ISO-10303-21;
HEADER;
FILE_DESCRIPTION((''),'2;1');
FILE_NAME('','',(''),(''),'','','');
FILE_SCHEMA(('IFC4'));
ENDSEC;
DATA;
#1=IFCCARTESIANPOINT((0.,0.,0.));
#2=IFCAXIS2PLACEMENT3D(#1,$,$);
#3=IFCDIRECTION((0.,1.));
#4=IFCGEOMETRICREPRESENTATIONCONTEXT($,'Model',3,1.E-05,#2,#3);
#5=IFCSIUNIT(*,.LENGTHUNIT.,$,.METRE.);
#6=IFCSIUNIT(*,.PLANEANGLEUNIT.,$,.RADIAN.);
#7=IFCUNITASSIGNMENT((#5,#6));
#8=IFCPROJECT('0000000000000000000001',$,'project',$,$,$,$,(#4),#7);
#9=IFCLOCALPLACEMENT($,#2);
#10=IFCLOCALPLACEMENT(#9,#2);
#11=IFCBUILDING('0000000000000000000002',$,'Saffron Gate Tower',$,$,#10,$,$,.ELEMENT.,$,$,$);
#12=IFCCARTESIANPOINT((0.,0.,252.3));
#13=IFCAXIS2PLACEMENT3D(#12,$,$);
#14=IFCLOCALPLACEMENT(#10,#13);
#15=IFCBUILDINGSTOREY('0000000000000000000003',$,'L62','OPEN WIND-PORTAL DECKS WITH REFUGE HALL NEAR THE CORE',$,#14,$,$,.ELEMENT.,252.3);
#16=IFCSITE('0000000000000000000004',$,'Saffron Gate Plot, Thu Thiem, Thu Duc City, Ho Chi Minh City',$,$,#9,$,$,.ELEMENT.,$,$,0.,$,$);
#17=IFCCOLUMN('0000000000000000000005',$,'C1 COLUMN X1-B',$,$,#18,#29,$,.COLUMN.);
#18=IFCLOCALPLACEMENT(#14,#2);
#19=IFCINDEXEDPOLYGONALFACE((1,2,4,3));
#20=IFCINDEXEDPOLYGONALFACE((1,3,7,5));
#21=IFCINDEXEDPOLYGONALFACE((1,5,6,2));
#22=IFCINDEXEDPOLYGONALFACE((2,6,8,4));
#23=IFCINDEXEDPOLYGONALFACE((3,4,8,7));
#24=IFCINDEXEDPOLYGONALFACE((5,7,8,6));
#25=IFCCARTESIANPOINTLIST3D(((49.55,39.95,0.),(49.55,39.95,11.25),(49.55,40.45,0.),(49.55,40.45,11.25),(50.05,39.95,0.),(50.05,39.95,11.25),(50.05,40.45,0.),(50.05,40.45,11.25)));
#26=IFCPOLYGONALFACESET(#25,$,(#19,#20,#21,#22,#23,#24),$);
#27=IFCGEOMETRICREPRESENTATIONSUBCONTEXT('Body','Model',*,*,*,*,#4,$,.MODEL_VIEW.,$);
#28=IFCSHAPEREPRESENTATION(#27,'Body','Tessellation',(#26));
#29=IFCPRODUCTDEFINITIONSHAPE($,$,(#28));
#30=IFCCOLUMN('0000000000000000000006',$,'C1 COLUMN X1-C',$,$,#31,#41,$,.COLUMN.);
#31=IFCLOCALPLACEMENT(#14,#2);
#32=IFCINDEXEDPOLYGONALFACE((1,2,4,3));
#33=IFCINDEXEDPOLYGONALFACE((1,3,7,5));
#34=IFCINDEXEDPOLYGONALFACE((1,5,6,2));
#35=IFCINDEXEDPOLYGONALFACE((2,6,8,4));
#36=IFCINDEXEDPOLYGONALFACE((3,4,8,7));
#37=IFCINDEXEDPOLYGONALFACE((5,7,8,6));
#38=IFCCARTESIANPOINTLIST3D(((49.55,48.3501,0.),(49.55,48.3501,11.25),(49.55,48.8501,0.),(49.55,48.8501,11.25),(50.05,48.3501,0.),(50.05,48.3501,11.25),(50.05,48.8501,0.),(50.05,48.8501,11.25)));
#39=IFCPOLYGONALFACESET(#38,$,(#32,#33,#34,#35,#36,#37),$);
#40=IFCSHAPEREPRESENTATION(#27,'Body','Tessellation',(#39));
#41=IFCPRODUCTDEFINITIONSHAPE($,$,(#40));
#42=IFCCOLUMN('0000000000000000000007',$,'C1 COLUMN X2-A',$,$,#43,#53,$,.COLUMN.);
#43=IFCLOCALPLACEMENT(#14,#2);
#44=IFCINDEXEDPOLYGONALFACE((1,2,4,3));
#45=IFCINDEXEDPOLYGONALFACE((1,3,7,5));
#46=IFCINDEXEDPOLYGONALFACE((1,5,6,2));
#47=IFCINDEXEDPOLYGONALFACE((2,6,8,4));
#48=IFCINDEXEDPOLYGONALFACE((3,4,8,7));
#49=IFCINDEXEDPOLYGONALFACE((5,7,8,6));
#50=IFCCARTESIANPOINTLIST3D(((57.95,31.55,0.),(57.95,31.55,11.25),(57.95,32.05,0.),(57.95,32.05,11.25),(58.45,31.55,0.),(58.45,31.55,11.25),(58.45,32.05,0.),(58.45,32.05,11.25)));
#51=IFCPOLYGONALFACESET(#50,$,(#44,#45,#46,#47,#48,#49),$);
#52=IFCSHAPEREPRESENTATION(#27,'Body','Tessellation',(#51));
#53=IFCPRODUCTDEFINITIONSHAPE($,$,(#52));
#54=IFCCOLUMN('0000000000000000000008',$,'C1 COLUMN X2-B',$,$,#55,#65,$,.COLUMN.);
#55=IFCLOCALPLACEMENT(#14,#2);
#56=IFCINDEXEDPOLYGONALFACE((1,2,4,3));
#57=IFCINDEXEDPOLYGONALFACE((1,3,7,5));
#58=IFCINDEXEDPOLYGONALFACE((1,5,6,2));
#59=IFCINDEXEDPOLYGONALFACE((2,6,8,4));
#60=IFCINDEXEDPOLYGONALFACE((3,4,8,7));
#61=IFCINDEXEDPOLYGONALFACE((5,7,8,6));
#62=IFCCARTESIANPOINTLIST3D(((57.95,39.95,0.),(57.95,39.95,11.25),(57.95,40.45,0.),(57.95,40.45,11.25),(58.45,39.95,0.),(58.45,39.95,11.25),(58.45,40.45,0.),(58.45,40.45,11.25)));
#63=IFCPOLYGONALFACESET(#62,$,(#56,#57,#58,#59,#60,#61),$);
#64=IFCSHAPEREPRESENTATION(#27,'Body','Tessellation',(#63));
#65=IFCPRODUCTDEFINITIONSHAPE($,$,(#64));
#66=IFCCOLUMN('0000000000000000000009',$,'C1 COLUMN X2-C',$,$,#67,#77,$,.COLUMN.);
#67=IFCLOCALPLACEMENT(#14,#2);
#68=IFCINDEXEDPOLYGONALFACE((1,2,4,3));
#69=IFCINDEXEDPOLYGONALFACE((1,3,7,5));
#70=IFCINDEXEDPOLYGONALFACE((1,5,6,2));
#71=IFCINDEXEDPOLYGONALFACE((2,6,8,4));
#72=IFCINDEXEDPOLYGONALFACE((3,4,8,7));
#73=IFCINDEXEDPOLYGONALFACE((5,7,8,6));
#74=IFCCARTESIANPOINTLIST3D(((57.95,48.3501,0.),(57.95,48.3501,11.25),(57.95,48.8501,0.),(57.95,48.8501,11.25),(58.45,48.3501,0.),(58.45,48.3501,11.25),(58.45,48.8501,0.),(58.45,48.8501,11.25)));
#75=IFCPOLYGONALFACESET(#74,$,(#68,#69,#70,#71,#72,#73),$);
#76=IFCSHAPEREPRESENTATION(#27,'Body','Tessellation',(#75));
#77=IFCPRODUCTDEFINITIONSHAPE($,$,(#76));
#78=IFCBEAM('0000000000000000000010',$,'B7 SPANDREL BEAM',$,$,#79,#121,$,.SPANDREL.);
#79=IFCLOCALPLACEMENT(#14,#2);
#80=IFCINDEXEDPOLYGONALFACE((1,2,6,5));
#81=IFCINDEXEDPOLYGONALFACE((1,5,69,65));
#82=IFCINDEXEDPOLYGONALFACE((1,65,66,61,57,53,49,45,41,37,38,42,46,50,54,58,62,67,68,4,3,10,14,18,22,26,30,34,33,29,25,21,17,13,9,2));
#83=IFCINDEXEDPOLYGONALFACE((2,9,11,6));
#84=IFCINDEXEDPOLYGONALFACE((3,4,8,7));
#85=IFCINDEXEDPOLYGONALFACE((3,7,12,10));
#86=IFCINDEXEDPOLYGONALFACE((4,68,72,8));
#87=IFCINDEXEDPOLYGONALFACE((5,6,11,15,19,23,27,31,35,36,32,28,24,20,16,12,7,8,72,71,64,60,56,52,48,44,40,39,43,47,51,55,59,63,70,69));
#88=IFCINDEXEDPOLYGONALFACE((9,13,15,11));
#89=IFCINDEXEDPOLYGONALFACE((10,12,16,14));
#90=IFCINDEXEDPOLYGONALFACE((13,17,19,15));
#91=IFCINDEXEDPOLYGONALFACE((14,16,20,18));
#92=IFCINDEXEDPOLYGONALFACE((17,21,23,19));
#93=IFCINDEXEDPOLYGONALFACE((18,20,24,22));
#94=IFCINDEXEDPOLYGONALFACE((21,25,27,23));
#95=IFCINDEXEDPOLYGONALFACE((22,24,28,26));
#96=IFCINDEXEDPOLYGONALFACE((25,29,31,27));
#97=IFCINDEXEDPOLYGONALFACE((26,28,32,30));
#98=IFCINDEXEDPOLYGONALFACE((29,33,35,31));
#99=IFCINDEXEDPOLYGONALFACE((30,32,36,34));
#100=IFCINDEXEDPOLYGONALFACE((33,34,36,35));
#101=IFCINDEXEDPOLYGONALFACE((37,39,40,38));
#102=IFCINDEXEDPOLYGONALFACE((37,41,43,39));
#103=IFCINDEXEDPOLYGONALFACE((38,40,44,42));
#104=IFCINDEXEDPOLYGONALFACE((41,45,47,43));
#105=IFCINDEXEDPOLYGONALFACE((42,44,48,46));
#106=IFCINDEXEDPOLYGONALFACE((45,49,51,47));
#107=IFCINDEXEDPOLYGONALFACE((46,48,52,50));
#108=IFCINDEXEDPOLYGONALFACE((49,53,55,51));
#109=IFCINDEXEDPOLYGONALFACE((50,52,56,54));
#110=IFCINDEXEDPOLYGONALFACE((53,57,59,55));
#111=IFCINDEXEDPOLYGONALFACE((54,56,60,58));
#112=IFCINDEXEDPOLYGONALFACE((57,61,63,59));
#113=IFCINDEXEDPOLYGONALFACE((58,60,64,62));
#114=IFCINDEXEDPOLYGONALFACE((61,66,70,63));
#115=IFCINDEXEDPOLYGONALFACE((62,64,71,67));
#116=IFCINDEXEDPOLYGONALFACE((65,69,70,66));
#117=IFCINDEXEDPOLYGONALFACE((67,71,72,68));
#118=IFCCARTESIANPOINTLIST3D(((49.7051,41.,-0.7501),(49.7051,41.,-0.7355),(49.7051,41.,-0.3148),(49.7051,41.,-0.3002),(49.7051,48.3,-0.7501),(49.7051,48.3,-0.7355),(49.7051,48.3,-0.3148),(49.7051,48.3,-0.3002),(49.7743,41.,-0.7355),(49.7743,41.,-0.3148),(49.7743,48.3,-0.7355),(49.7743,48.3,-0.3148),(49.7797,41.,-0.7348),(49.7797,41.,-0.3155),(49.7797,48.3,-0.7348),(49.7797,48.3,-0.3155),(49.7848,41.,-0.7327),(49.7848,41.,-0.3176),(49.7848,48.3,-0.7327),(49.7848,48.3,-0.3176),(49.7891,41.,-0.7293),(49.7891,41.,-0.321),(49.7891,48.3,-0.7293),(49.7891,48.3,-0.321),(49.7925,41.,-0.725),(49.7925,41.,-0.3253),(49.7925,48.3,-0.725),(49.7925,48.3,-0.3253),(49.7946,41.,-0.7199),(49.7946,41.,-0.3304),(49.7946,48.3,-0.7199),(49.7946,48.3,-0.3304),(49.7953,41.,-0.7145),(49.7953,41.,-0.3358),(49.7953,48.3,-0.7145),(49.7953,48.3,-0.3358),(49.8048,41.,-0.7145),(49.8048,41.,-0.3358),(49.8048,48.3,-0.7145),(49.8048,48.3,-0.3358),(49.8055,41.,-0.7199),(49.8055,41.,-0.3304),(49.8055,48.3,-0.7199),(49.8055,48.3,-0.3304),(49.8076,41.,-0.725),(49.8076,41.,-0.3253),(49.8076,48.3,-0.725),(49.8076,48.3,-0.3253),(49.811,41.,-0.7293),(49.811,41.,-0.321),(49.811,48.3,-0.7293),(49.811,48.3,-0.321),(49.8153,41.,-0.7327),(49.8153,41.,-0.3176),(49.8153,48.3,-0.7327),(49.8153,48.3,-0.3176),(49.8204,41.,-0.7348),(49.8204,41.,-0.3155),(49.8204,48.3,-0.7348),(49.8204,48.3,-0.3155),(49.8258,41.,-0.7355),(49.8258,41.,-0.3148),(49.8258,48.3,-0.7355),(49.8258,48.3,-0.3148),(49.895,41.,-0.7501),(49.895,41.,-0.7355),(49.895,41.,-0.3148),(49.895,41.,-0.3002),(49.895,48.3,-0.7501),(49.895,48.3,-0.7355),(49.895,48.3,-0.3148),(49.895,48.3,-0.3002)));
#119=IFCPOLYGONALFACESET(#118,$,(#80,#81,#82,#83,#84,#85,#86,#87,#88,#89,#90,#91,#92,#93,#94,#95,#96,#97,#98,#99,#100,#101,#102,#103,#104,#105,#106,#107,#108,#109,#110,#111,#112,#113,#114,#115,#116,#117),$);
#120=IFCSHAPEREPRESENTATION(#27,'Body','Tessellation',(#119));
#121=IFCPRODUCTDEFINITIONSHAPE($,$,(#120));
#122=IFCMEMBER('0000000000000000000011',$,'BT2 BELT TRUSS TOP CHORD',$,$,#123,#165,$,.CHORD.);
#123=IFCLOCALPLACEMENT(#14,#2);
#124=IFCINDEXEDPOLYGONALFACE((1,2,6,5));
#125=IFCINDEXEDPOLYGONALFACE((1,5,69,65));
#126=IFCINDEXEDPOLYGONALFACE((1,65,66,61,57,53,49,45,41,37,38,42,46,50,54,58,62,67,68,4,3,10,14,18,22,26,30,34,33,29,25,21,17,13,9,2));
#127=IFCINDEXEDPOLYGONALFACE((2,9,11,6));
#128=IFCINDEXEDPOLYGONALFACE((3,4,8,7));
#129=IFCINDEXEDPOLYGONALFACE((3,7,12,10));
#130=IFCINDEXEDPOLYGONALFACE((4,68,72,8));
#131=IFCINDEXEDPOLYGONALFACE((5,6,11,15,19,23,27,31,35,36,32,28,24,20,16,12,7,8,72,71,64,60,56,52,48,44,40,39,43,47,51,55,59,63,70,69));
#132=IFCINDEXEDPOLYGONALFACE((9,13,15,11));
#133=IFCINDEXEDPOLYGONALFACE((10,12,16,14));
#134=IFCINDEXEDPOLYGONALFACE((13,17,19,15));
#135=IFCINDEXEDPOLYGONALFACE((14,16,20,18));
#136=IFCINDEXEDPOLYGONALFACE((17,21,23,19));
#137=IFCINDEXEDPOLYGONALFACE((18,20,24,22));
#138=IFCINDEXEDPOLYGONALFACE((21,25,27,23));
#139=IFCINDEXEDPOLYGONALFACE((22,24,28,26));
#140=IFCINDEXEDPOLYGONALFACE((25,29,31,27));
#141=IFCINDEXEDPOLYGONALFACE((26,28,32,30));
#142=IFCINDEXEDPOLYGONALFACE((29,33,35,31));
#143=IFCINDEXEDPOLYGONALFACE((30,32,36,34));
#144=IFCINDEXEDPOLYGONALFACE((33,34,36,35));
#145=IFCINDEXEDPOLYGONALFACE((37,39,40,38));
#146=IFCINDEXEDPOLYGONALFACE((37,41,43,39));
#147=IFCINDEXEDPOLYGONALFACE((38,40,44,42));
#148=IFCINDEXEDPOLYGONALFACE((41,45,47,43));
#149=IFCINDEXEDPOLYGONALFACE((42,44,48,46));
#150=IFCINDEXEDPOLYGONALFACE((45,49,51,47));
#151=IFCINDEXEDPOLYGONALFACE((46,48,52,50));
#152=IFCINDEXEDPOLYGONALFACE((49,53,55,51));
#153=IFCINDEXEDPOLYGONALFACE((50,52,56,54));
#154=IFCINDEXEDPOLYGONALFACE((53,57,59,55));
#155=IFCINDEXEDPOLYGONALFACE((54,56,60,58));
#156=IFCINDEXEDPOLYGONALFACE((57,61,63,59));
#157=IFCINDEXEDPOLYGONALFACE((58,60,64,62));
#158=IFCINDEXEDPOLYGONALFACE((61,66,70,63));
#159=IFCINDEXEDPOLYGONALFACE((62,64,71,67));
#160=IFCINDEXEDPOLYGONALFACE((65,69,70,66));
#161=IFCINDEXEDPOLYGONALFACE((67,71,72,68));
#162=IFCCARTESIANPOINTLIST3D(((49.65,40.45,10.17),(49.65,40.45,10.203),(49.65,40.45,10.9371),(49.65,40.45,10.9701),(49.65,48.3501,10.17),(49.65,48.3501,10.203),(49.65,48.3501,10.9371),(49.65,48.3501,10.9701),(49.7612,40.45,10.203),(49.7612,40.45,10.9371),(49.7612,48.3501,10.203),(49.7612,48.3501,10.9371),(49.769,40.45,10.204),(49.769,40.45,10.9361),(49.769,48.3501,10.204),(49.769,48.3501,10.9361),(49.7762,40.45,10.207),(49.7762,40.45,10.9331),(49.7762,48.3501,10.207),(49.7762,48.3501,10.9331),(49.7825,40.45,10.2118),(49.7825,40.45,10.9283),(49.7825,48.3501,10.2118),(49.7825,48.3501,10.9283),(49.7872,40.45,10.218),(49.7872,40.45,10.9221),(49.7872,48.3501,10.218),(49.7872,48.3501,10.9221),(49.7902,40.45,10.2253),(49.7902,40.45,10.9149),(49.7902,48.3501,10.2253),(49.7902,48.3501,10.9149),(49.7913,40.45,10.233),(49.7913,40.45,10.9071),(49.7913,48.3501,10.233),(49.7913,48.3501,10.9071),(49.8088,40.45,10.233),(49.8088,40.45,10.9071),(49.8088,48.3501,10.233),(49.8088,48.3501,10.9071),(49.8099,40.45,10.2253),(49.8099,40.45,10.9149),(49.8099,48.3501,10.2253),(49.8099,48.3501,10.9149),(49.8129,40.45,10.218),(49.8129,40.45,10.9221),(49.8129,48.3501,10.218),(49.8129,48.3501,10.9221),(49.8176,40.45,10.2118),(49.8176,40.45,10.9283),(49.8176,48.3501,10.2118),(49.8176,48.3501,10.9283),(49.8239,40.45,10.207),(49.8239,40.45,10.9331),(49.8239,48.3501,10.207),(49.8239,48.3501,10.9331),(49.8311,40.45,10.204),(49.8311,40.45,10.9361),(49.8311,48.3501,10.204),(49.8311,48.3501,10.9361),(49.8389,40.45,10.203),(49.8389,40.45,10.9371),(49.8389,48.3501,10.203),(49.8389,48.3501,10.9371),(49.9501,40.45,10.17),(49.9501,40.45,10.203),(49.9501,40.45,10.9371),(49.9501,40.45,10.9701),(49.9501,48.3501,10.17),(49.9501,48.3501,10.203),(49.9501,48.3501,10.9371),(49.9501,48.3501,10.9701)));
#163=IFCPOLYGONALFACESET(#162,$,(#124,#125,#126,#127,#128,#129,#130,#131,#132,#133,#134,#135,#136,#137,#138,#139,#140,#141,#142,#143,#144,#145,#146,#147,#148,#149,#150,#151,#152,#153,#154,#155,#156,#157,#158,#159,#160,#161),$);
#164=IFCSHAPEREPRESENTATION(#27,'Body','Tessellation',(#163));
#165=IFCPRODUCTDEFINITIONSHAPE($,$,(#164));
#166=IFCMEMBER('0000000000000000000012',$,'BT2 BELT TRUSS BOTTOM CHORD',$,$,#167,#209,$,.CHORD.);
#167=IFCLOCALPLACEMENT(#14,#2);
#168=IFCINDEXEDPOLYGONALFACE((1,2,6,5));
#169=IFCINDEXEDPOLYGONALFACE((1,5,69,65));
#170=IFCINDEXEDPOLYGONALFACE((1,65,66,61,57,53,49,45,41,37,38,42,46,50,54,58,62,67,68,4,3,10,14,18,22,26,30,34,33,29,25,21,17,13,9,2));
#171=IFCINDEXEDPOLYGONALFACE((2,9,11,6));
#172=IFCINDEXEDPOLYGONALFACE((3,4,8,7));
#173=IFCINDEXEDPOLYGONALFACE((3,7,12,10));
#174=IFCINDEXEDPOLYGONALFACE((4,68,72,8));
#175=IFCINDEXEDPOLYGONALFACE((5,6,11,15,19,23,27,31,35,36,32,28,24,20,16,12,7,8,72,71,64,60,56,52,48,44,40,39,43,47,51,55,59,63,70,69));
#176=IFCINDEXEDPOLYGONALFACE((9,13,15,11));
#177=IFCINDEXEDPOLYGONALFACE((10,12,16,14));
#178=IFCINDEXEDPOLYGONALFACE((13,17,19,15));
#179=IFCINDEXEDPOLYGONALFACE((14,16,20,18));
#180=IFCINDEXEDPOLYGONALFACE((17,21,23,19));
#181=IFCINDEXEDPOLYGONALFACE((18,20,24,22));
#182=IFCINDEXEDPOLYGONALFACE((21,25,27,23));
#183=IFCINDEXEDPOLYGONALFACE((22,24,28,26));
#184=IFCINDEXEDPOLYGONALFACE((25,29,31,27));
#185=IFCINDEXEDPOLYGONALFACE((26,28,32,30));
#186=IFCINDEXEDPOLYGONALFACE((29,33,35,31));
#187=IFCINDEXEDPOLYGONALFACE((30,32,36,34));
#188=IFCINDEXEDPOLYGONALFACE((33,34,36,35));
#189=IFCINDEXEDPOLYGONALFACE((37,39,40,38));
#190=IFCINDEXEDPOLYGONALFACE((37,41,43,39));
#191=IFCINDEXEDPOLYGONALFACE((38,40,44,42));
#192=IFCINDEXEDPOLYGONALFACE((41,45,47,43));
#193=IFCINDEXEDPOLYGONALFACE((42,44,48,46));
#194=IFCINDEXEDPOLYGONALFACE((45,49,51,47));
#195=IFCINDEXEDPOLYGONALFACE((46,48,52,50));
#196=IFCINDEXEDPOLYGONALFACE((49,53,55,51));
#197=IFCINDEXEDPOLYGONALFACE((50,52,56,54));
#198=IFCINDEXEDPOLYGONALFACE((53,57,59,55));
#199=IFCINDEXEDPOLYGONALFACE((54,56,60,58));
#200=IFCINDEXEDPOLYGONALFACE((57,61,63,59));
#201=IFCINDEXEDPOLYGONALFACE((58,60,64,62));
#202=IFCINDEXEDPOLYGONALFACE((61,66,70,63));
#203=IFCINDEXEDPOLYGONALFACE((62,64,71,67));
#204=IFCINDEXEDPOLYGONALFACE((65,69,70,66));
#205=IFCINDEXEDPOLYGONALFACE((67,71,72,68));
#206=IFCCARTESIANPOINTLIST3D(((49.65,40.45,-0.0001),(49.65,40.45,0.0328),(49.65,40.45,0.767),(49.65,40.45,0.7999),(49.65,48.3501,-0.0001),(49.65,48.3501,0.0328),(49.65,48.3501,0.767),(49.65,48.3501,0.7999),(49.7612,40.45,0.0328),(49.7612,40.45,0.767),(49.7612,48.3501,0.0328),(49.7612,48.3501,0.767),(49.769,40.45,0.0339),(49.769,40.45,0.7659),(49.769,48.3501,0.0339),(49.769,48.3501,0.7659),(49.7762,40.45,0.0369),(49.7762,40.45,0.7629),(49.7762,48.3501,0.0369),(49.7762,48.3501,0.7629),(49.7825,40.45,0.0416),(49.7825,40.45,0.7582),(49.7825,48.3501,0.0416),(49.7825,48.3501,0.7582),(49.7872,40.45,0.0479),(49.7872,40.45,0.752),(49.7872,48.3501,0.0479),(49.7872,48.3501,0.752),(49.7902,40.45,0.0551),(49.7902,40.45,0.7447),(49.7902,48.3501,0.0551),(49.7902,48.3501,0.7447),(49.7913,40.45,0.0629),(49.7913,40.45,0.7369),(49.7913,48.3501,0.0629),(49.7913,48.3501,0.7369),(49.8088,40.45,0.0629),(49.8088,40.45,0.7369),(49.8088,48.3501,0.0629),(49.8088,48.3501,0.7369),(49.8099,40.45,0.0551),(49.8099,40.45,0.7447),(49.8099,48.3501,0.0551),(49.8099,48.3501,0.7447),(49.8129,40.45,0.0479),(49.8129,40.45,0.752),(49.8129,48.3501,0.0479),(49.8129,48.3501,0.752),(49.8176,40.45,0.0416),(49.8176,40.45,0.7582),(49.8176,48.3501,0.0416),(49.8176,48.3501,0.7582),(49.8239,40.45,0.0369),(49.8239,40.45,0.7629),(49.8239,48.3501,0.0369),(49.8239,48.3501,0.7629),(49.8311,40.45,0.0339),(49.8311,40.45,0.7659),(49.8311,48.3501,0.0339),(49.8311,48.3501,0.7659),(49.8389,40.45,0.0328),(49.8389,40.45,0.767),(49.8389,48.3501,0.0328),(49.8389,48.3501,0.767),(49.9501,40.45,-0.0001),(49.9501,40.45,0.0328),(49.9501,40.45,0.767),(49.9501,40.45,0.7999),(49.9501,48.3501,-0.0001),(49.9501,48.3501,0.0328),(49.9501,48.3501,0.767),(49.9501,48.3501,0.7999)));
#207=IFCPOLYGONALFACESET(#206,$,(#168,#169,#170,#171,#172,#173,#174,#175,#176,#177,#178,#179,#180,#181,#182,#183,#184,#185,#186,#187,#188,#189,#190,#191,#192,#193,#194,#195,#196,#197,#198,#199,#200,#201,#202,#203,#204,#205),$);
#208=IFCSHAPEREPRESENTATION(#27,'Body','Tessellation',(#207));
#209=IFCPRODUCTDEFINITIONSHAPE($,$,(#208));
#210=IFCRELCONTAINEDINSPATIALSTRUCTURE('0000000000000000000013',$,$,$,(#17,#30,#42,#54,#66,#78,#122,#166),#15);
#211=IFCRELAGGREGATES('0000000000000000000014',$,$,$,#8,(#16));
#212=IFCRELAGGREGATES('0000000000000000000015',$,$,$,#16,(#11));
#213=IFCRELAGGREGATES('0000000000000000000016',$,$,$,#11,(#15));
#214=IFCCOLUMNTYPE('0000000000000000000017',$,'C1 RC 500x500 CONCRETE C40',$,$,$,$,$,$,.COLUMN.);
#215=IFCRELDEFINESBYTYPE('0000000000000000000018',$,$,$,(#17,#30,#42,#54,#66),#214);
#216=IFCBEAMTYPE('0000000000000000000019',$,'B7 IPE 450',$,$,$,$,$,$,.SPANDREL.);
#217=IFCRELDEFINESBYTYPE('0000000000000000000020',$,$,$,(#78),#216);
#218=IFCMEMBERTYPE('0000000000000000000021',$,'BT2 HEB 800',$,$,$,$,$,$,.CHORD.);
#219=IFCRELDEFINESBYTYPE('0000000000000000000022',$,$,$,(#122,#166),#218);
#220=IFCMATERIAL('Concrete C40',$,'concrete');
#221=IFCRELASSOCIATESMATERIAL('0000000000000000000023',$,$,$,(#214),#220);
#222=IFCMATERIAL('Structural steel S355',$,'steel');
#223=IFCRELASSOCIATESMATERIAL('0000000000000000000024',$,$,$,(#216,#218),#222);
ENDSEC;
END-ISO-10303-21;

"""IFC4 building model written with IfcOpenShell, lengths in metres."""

from ifc_helpers import new_model, si_unit, direction, frame, origin, origin_2d, place, context, subcontext, project, spatial, rectangle, i_section, extrude, material, material_profile, profile_set, type_object, element, save


model = new_model("IFC4")

# Units and contexts
model_context = context("Model", 3, precision=1e-05, world=origin(), true_north=direction((0.0, 1.0)))
body_context = subcontext(model_context, "Body", "Model", "MODEL_VIEW")
ifc_project = project(units=[si_unit("LENGTHUNIT", "METRE"), si_unit("PLANEANGLEUNIT", "RADIAN")], contexts=[model_context])

# Site, building, storey
site_placement = place(None, origin())
site = spatial("IfcSite", under=ifc_project, at=site_placement, Name="Saffron Gate Plot, Thu Thiem, Thu Duc City, Ho Chi Minh City", CompositionType="ELEMENT", RefElevation=0.0)
building_placement = place(site_placement, origin())
building = spatial("IfcBuilding", under=site, at=building_placement, Name="Saffron Gate Tower", CompositionType="ELEMENT")
storey_placement = place(building_placement, frame((0.0, 0.0, 252.3)))
storey = spatial("IfcBuildingStorey", under=building, at=storey_placement, Name="L62", Description="OPEN WIND-PORTAL DECKS WITH REFUGE HALL NEAR THE CORE", CompositionType="ELEMENT", Elevation=252.3)

# Columns
ifc_material_1 = material(Name="Concrete C40", Category="concrete")
ifc_material_profile_1 = material_profile(ifc_material_1, rectangle(XDim=0.5, YDim=0.5, at=origin_2d()))
ifc_profile_set_1 = profile_set([ifc_material_profile_1], Name="Concrete C40")
column_type = type_object("IfcColumnType", Name="C1 RC 500x500 CONCRETE C40", PredefinedType="COLUMN", material=ifc_profile_set_1)
for number, where, z_axis, x_axis, name in (
    (1, (49.8, 40.2, 0.0), (0.0, 0.0, 1.0), (1.0, 0.0, 0.0), "C1 COLUMN X1-B"),
    (2, (49.8, 48.6001, 0.0), (0.0, 0.0, 1.0), (1.0, 0.0, 0.0), "C1 COLUMN X1-C"),
    (3, (58.2, 31.8, 0.0), (0.0, 0.0, 1.0), (1.0, 0.0, 0.0), "C1 COLUMN X2-A"),
    (4, (58.2, 40.2, 0.0), (0.0, 0.0, 1.0), (1.0, 0.0, 0.0), "C1 COLUMN X2-B"),
    (5, (58.2, 48.6001, 0.0), (0.0, 0.0, 1.0), (1.0, 0.0, 0.0), "C1 COLUMN X2-C"),
):
    element("IfcColumn", number, at=place(storey_placement, frame(where, z_axis=z_axis, x_axis=x_axis)), inside=storey, type_object=column_type, Name=name, PredefinedType="COLUMN", context=body_context, shape_type="SweptSolid", body=[
        extrude(rectangle(XDim=0.5, YDim=0.5, at=origin_2d()), origin(), (0.0, 0.0, 1.0), 11.25),
    ])

# Beam
ifc_material_2 = material(Name="Structural steel S355", Category="steel")
ifc_material_profile_2 = material_profile(ifc_material_2, i_section(OverallWidth=0.1899, OverallDepth=0.45, WebThickness=0.0095, FlangeThickness=0.0146, FilletRadius=0.021, at=origin_2d()))
ifc_profile_set_2 = profile_set([ifc_material_profile_2], Name="Structural steel S355")
beam_type_1 = type_object("IfcBeamType", Name="B7 IPE 450", PredefinedType="SPANDREL", material=ifc_profile_set_2)
beam_1_placement = place(storey_placement, frame((49.8, 41.0, -0.5251), z_axis=(0.0, 1.0, 0.0), x_axis=(-1.0, 0.0, 0.0)))
element("IfcBeam", 6, at=beam_1_placement, inside=storey, type_object=beam_type_1, Name="B7 SPANDREL BEAM", PredefinedType="SPANDREL", context=body_context, shape_type="SweptSolid", body=[
    extrude(i_section(OverallWidth=0.1899, OverallDepth=0.45, WebThickness=0.0095, FlangeThickness=0.0146, FilletRadius=0.021, at=origin_2d()), origin(), (0.0, 0.0, 1.0), 7.3),
])

# Members
ifc_material_profile_3 = material_profile(ifc_material_2, i_section(OverallWidth=0.3, OverallDepth=0.8, WebThickness=0.0176, FlangeThickness=0.033, FilletRadius=0.03, at=origin_2d()))
ifc_profile_set_3 = profile_set([ifc_material_profile_3], Name="Structural steel S355")
member_type_1 = type_object("IfcMemberType", Name="BT2 HEB 800", PredefinedType="CHORD", material=ifc_profile_set_3)
for number, where, z_axis, x_axis, name in (
    (7, (49.8, 40.45, 10.5701), (0.0, 1.0, 0.0), (-1.0, 0.0, 0.0), "BT2 BELT TRUSS TOP CHORD"),
    (8, (49.8, 40.45, 0.3999), (0.0, 1.0, 0.0), (-1.0, 0.0, 0.0), "BT2 BELT TRUSS BOTTOM CHORD"),
):
    element("IfcMember", number, at=place(storey_placement, frame(where, z_axis=z_axis, x_axis=x_axis)), inside=storey, type_object=member_type_1, Name=name, PredefinedType="CHORD", context=body_context, shape_type="SweptSolid", body=[
        extrude(i_section(OverallWidth=0.3, OverallDepth=0.8, WebThickness=0.0176, FlangeThickness=0.033, FilletRadius=0.03, at=origin_2d()), origin(), (0.0, 0.0, 1.0), 7.9001),
    ])

save(model, "model.ifc")
